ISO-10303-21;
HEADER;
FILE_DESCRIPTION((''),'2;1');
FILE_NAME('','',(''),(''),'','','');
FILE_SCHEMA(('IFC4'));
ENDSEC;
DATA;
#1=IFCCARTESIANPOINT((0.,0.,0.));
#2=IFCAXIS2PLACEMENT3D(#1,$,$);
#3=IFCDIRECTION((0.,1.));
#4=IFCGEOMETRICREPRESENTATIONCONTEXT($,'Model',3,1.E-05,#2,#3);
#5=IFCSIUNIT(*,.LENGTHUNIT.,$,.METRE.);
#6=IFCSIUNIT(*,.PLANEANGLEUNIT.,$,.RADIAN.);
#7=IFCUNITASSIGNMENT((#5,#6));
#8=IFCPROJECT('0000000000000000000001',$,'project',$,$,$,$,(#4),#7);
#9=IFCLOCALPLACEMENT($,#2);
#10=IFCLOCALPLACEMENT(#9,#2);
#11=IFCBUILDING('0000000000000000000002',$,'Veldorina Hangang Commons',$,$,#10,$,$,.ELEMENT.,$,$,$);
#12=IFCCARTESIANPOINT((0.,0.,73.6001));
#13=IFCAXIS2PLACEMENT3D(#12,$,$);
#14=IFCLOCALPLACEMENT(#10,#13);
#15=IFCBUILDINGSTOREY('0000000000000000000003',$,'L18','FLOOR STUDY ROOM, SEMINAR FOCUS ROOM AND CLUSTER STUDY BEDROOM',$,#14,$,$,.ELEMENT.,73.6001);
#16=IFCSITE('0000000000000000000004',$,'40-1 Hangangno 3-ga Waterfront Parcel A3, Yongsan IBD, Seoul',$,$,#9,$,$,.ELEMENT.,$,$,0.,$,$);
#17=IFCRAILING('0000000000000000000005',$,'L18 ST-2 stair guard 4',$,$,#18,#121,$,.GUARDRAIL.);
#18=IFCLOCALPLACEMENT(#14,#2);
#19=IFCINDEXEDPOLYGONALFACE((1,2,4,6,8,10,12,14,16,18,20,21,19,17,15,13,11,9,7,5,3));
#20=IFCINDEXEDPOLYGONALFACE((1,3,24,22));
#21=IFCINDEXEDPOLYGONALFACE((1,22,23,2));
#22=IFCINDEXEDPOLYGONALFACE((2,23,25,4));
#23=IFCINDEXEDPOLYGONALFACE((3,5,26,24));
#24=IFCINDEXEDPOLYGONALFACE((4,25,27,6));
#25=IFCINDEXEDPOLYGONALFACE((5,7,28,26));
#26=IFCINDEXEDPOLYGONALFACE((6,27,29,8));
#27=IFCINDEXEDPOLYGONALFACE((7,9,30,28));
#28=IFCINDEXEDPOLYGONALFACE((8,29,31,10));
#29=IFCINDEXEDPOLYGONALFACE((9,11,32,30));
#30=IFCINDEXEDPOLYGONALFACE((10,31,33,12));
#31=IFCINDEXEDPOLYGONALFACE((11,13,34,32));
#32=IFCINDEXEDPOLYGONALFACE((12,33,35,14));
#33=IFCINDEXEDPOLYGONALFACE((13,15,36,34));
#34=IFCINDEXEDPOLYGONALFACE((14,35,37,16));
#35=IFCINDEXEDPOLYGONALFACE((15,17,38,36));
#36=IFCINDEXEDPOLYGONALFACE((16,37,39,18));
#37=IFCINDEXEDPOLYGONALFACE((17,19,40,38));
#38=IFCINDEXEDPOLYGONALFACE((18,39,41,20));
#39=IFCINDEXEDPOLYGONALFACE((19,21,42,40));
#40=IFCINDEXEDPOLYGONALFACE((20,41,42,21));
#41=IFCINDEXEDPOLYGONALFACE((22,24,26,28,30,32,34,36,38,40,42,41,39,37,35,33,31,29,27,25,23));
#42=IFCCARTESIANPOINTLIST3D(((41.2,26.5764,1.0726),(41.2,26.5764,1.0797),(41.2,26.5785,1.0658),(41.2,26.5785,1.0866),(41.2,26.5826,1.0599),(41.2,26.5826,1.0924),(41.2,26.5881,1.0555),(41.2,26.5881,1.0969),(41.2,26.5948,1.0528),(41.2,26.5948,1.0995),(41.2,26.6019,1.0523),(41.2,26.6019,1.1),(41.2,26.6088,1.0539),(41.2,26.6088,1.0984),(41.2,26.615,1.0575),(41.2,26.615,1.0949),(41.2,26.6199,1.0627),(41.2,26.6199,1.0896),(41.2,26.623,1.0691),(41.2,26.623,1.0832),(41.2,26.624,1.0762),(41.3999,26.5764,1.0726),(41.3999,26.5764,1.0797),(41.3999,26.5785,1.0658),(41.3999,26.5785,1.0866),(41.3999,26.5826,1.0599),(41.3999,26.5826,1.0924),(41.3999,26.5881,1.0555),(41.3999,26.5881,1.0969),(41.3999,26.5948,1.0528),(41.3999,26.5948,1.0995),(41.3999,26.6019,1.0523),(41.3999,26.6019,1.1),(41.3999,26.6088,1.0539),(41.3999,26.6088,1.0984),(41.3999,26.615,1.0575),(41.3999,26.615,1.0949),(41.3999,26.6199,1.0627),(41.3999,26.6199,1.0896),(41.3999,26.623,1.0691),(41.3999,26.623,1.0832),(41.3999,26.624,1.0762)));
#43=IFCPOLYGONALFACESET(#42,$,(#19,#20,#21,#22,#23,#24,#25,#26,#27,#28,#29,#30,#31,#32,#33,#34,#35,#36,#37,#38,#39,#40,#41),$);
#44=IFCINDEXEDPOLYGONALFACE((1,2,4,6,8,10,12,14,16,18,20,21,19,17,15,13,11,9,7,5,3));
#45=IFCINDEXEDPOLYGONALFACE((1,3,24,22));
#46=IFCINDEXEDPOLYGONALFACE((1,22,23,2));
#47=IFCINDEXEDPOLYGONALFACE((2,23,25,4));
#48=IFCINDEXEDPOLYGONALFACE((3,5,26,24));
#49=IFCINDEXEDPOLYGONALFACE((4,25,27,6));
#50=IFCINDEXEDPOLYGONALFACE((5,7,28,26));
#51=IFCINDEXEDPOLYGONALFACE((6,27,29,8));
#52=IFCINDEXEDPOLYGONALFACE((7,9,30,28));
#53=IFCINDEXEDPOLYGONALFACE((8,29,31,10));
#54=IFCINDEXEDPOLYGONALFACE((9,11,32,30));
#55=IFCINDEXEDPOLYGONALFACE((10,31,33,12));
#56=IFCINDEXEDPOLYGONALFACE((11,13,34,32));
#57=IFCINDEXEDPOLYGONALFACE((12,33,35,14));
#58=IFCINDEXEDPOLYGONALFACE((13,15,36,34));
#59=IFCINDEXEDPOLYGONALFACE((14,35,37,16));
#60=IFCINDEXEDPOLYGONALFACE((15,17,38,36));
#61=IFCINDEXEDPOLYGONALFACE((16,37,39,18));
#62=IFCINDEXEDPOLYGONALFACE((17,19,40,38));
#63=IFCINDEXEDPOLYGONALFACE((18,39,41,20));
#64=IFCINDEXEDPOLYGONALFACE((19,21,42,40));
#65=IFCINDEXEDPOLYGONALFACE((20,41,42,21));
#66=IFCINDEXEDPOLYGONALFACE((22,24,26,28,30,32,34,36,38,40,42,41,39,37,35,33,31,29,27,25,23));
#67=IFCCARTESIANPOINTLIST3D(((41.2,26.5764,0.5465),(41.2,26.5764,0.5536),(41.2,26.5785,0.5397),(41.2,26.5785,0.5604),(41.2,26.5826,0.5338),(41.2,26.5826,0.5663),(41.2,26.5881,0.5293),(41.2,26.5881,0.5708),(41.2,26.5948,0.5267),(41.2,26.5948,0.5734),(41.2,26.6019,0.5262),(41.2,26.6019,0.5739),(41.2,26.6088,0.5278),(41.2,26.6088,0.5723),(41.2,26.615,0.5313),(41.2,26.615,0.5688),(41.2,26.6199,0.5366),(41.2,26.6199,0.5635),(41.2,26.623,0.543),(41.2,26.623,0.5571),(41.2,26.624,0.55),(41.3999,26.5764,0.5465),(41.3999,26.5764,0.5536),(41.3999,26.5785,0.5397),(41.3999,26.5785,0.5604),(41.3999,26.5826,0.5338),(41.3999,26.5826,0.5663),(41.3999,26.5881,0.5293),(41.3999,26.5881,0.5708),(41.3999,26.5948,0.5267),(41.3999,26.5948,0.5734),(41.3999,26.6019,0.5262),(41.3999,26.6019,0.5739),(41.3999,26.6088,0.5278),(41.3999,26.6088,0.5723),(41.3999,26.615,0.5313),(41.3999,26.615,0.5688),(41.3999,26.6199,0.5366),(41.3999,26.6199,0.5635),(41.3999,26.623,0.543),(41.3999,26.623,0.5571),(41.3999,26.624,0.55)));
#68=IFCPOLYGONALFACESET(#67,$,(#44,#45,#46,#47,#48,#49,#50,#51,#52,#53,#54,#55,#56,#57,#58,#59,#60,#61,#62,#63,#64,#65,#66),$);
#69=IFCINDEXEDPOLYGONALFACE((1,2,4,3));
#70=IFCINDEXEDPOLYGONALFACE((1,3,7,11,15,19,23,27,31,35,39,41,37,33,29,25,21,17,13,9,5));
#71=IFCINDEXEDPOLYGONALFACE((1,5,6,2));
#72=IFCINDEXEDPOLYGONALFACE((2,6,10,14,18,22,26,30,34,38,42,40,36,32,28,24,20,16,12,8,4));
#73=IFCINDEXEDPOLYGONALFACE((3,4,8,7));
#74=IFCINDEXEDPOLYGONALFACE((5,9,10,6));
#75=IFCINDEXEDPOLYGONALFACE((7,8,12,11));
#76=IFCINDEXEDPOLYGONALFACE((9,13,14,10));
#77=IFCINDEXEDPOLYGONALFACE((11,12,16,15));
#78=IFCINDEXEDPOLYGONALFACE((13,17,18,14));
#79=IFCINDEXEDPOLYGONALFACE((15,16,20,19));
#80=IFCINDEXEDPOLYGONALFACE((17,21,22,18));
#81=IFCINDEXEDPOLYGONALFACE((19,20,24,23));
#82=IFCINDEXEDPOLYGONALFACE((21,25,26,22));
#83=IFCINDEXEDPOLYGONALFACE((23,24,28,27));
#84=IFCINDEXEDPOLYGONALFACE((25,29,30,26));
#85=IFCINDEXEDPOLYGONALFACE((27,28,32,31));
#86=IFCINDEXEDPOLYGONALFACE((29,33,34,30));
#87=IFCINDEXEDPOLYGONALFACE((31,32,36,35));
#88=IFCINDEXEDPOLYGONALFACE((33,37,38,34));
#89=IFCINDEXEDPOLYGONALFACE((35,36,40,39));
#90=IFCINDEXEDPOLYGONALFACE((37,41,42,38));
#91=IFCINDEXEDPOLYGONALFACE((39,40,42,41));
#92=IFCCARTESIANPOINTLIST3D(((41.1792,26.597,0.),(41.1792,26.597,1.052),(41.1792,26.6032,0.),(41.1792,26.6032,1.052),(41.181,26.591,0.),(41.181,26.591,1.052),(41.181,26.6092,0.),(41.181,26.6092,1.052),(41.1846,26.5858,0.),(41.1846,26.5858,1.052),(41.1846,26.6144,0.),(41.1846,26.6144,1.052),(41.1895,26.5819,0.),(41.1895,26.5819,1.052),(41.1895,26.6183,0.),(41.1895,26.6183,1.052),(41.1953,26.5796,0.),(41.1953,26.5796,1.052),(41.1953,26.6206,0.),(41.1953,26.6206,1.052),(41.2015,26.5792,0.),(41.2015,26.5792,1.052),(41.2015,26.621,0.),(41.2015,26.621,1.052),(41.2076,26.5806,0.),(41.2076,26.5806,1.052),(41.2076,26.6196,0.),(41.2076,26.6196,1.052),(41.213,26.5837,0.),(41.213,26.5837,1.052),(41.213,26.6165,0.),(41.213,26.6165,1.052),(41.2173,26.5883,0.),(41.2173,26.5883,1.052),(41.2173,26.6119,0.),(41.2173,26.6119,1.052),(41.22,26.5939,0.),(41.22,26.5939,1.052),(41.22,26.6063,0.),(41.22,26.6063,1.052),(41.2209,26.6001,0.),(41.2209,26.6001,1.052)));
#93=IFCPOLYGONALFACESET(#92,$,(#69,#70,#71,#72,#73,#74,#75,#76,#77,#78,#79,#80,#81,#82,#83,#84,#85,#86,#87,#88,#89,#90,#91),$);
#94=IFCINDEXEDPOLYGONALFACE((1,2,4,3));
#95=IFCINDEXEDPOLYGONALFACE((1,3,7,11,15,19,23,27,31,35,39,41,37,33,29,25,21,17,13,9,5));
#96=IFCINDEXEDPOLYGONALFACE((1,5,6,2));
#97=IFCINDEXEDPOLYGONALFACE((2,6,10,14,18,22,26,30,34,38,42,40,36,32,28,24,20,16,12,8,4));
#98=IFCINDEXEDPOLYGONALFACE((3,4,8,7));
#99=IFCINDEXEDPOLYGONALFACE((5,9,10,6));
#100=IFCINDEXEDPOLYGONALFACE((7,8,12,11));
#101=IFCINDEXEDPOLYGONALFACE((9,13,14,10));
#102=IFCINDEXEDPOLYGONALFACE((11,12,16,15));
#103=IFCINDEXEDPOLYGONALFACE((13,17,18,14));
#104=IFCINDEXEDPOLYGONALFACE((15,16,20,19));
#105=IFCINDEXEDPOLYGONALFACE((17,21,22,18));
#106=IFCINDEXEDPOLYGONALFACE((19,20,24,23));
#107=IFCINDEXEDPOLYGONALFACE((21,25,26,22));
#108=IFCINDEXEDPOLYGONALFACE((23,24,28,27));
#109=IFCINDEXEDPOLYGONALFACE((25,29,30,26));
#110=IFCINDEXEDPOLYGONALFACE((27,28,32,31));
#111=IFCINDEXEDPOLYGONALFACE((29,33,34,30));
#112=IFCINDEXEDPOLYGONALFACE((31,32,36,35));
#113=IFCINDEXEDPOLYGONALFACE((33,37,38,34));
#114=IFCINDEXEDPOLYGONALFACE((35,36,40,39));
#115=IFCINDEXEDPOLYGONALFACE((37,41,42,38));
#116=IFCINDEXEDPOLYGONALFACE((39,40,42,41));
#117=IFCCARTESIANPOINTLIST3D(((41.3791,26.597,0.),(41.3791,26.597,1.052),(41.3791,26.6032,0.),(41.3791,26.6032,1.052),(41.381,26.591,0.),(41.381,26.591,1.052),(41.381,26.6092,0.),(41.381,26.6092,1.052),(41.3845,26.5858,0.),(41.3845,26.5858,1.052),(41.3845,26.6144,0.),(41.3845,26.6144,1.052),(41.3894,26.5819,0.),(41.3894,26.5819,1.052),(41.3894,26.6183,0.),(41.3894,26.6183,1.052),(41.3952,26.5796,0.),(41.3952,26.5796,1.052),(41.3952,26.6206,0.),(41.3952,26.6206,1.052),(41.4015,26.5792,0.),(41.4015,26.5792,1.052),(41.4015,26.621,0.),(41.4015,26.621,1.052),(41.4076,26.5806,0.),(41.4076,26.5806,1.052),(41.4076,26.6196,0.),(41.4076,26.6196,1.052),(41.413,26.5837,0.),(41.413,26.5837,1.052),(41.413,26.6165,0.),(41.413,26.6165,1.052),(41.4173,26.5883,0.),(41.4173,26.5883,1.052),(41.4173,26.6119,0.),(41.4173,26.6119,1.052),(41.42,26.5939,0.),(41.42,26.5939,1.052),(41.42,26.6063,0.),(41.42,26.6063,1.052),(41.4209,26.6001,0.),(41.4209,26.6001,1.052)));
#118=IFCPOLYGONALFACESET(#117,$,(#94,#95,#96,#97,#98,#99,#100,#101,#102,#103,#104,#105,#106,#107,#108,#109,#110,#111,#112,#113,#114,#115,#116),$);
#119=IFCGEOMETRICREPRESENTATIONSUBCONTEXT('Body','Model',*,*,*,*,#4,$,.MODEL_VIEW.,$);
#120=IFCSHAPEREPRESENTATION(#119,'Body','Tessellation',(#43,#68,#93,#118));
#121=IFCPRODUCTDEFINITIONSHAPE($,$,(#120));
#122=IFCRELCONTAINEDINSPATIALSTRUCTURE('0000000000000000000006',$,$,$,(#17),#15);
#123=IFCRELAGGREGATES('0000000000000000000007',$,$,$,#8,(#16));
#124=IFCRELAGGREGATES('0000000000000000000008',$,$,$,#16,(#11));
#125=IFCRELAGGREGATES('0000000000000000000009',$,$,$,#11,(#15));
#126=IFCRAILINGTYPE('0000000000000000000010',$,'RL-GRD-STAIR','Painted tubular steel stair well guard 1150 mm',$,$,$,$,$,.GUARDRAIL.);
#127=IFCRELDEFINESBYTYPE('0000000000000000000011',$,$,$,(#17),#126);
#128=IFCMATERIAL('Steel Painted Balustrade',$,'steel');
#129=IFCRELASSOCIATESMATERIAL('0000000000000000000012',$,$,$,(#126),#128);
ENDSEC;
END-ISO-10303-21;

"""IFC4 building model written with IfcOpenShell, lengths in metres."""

from ifc_helpers import new_model, si_unit, direction, frame, origin, origin_2d, place, context, subcontext, project, spatial, circle, extrude, material, type_object, element, save


model = new_model("IFC4")

# Units and contexts
model_context = context("Model", 3, precision=1e-05, world=origin(), true_north=direction((0.0, 1.0)))
body_context = subcontext(model_context, "Body", "Model", "MODEL_VIEW")
ifc_project = project(units=[si_unit("LENGTHUNIT", "METRE"), si_unit("PLANEANGLEUNIT", "RADIAN")], contexts=[model_context])

# Site, building, storey
site_placement = place(None, origin())
site = spatial("IfcSite", under=ifc_project, at=site_placement, Name="40-1 Hangangno 3-ga Waterfront Parcel A3, Yongsan IBD, Seoul", CompositionType="ELEMENT", RefElevation=0.0)
building_placement = place(site_placement, origin())
building = spatial("IfcBuilding", under=site, at=building_placement, Name="Veldorina Hangang Commons", CompositionType="ELEMENT")
storey_placement = place(building_placement, frame((0.0, 0.0, 73.6001)))
storey = spatial("IfcBuildingStorey", under=building, at=storey_placement, Name="L18", Description="FLOOR STUDY ROOM, SEMINAR FOCUS ROOM AND CLUSTER STUDY BEDROOM", CompositionType="ELEMENT", Elevation=73.6001)

# Railing
ifc_material_1 = material(Name="Steel Painted Balustrade", Category="steel")
railing_type_1 = type_object("IfcRailingType", Name="RL-GRD-STAIR", Description="Painted tubular steel stair well guard 1150 mm", PredefinedType="GUARDRAIL", material=ifc_material_1)
railing_1_placement = place(storey_placement, frame((41.2, 26.6001, 0.0)))
element("IfcRailing", 1, at=railing_1_placement, inside=storey, type_object=railing_type_1, Name="L18 ST-2 stair guard 4", PredefinedType="GUARDRAIL", context=body_context, shape_type="SweptSolid", body=[
    extrude(circle(Radius=0.0239, at=origin_2d()), frame((0.0, 0.0, 1.0762), z_axis=(1.0, 0.0, 0.0), x_axis=(0.0, 1.0, 0.0)), (0.0, 0.0, 1.0), 0.2),
    extrude(circle(Radius=0.0239, at=origin_2d()), frame((0.0, 0.0, 0.55), z_axis=(1.0, 0.0, 0.0), x_axis=(0.0, 1.0, 0.0)), (0.0, 0.0, 1.0), 0.2),
    extrude(circle(Radius=0.021, at=origin_2d()), origin(), (0.0, 0.0, 1.0), 1.052),
    extrude(circle(Radius=0.021, at=origin_2d()), frame((0.2, 0.0, 0.0)), (0.0, 0.0, 1.0), 1.052),
])

save(model, "model.ifc")
